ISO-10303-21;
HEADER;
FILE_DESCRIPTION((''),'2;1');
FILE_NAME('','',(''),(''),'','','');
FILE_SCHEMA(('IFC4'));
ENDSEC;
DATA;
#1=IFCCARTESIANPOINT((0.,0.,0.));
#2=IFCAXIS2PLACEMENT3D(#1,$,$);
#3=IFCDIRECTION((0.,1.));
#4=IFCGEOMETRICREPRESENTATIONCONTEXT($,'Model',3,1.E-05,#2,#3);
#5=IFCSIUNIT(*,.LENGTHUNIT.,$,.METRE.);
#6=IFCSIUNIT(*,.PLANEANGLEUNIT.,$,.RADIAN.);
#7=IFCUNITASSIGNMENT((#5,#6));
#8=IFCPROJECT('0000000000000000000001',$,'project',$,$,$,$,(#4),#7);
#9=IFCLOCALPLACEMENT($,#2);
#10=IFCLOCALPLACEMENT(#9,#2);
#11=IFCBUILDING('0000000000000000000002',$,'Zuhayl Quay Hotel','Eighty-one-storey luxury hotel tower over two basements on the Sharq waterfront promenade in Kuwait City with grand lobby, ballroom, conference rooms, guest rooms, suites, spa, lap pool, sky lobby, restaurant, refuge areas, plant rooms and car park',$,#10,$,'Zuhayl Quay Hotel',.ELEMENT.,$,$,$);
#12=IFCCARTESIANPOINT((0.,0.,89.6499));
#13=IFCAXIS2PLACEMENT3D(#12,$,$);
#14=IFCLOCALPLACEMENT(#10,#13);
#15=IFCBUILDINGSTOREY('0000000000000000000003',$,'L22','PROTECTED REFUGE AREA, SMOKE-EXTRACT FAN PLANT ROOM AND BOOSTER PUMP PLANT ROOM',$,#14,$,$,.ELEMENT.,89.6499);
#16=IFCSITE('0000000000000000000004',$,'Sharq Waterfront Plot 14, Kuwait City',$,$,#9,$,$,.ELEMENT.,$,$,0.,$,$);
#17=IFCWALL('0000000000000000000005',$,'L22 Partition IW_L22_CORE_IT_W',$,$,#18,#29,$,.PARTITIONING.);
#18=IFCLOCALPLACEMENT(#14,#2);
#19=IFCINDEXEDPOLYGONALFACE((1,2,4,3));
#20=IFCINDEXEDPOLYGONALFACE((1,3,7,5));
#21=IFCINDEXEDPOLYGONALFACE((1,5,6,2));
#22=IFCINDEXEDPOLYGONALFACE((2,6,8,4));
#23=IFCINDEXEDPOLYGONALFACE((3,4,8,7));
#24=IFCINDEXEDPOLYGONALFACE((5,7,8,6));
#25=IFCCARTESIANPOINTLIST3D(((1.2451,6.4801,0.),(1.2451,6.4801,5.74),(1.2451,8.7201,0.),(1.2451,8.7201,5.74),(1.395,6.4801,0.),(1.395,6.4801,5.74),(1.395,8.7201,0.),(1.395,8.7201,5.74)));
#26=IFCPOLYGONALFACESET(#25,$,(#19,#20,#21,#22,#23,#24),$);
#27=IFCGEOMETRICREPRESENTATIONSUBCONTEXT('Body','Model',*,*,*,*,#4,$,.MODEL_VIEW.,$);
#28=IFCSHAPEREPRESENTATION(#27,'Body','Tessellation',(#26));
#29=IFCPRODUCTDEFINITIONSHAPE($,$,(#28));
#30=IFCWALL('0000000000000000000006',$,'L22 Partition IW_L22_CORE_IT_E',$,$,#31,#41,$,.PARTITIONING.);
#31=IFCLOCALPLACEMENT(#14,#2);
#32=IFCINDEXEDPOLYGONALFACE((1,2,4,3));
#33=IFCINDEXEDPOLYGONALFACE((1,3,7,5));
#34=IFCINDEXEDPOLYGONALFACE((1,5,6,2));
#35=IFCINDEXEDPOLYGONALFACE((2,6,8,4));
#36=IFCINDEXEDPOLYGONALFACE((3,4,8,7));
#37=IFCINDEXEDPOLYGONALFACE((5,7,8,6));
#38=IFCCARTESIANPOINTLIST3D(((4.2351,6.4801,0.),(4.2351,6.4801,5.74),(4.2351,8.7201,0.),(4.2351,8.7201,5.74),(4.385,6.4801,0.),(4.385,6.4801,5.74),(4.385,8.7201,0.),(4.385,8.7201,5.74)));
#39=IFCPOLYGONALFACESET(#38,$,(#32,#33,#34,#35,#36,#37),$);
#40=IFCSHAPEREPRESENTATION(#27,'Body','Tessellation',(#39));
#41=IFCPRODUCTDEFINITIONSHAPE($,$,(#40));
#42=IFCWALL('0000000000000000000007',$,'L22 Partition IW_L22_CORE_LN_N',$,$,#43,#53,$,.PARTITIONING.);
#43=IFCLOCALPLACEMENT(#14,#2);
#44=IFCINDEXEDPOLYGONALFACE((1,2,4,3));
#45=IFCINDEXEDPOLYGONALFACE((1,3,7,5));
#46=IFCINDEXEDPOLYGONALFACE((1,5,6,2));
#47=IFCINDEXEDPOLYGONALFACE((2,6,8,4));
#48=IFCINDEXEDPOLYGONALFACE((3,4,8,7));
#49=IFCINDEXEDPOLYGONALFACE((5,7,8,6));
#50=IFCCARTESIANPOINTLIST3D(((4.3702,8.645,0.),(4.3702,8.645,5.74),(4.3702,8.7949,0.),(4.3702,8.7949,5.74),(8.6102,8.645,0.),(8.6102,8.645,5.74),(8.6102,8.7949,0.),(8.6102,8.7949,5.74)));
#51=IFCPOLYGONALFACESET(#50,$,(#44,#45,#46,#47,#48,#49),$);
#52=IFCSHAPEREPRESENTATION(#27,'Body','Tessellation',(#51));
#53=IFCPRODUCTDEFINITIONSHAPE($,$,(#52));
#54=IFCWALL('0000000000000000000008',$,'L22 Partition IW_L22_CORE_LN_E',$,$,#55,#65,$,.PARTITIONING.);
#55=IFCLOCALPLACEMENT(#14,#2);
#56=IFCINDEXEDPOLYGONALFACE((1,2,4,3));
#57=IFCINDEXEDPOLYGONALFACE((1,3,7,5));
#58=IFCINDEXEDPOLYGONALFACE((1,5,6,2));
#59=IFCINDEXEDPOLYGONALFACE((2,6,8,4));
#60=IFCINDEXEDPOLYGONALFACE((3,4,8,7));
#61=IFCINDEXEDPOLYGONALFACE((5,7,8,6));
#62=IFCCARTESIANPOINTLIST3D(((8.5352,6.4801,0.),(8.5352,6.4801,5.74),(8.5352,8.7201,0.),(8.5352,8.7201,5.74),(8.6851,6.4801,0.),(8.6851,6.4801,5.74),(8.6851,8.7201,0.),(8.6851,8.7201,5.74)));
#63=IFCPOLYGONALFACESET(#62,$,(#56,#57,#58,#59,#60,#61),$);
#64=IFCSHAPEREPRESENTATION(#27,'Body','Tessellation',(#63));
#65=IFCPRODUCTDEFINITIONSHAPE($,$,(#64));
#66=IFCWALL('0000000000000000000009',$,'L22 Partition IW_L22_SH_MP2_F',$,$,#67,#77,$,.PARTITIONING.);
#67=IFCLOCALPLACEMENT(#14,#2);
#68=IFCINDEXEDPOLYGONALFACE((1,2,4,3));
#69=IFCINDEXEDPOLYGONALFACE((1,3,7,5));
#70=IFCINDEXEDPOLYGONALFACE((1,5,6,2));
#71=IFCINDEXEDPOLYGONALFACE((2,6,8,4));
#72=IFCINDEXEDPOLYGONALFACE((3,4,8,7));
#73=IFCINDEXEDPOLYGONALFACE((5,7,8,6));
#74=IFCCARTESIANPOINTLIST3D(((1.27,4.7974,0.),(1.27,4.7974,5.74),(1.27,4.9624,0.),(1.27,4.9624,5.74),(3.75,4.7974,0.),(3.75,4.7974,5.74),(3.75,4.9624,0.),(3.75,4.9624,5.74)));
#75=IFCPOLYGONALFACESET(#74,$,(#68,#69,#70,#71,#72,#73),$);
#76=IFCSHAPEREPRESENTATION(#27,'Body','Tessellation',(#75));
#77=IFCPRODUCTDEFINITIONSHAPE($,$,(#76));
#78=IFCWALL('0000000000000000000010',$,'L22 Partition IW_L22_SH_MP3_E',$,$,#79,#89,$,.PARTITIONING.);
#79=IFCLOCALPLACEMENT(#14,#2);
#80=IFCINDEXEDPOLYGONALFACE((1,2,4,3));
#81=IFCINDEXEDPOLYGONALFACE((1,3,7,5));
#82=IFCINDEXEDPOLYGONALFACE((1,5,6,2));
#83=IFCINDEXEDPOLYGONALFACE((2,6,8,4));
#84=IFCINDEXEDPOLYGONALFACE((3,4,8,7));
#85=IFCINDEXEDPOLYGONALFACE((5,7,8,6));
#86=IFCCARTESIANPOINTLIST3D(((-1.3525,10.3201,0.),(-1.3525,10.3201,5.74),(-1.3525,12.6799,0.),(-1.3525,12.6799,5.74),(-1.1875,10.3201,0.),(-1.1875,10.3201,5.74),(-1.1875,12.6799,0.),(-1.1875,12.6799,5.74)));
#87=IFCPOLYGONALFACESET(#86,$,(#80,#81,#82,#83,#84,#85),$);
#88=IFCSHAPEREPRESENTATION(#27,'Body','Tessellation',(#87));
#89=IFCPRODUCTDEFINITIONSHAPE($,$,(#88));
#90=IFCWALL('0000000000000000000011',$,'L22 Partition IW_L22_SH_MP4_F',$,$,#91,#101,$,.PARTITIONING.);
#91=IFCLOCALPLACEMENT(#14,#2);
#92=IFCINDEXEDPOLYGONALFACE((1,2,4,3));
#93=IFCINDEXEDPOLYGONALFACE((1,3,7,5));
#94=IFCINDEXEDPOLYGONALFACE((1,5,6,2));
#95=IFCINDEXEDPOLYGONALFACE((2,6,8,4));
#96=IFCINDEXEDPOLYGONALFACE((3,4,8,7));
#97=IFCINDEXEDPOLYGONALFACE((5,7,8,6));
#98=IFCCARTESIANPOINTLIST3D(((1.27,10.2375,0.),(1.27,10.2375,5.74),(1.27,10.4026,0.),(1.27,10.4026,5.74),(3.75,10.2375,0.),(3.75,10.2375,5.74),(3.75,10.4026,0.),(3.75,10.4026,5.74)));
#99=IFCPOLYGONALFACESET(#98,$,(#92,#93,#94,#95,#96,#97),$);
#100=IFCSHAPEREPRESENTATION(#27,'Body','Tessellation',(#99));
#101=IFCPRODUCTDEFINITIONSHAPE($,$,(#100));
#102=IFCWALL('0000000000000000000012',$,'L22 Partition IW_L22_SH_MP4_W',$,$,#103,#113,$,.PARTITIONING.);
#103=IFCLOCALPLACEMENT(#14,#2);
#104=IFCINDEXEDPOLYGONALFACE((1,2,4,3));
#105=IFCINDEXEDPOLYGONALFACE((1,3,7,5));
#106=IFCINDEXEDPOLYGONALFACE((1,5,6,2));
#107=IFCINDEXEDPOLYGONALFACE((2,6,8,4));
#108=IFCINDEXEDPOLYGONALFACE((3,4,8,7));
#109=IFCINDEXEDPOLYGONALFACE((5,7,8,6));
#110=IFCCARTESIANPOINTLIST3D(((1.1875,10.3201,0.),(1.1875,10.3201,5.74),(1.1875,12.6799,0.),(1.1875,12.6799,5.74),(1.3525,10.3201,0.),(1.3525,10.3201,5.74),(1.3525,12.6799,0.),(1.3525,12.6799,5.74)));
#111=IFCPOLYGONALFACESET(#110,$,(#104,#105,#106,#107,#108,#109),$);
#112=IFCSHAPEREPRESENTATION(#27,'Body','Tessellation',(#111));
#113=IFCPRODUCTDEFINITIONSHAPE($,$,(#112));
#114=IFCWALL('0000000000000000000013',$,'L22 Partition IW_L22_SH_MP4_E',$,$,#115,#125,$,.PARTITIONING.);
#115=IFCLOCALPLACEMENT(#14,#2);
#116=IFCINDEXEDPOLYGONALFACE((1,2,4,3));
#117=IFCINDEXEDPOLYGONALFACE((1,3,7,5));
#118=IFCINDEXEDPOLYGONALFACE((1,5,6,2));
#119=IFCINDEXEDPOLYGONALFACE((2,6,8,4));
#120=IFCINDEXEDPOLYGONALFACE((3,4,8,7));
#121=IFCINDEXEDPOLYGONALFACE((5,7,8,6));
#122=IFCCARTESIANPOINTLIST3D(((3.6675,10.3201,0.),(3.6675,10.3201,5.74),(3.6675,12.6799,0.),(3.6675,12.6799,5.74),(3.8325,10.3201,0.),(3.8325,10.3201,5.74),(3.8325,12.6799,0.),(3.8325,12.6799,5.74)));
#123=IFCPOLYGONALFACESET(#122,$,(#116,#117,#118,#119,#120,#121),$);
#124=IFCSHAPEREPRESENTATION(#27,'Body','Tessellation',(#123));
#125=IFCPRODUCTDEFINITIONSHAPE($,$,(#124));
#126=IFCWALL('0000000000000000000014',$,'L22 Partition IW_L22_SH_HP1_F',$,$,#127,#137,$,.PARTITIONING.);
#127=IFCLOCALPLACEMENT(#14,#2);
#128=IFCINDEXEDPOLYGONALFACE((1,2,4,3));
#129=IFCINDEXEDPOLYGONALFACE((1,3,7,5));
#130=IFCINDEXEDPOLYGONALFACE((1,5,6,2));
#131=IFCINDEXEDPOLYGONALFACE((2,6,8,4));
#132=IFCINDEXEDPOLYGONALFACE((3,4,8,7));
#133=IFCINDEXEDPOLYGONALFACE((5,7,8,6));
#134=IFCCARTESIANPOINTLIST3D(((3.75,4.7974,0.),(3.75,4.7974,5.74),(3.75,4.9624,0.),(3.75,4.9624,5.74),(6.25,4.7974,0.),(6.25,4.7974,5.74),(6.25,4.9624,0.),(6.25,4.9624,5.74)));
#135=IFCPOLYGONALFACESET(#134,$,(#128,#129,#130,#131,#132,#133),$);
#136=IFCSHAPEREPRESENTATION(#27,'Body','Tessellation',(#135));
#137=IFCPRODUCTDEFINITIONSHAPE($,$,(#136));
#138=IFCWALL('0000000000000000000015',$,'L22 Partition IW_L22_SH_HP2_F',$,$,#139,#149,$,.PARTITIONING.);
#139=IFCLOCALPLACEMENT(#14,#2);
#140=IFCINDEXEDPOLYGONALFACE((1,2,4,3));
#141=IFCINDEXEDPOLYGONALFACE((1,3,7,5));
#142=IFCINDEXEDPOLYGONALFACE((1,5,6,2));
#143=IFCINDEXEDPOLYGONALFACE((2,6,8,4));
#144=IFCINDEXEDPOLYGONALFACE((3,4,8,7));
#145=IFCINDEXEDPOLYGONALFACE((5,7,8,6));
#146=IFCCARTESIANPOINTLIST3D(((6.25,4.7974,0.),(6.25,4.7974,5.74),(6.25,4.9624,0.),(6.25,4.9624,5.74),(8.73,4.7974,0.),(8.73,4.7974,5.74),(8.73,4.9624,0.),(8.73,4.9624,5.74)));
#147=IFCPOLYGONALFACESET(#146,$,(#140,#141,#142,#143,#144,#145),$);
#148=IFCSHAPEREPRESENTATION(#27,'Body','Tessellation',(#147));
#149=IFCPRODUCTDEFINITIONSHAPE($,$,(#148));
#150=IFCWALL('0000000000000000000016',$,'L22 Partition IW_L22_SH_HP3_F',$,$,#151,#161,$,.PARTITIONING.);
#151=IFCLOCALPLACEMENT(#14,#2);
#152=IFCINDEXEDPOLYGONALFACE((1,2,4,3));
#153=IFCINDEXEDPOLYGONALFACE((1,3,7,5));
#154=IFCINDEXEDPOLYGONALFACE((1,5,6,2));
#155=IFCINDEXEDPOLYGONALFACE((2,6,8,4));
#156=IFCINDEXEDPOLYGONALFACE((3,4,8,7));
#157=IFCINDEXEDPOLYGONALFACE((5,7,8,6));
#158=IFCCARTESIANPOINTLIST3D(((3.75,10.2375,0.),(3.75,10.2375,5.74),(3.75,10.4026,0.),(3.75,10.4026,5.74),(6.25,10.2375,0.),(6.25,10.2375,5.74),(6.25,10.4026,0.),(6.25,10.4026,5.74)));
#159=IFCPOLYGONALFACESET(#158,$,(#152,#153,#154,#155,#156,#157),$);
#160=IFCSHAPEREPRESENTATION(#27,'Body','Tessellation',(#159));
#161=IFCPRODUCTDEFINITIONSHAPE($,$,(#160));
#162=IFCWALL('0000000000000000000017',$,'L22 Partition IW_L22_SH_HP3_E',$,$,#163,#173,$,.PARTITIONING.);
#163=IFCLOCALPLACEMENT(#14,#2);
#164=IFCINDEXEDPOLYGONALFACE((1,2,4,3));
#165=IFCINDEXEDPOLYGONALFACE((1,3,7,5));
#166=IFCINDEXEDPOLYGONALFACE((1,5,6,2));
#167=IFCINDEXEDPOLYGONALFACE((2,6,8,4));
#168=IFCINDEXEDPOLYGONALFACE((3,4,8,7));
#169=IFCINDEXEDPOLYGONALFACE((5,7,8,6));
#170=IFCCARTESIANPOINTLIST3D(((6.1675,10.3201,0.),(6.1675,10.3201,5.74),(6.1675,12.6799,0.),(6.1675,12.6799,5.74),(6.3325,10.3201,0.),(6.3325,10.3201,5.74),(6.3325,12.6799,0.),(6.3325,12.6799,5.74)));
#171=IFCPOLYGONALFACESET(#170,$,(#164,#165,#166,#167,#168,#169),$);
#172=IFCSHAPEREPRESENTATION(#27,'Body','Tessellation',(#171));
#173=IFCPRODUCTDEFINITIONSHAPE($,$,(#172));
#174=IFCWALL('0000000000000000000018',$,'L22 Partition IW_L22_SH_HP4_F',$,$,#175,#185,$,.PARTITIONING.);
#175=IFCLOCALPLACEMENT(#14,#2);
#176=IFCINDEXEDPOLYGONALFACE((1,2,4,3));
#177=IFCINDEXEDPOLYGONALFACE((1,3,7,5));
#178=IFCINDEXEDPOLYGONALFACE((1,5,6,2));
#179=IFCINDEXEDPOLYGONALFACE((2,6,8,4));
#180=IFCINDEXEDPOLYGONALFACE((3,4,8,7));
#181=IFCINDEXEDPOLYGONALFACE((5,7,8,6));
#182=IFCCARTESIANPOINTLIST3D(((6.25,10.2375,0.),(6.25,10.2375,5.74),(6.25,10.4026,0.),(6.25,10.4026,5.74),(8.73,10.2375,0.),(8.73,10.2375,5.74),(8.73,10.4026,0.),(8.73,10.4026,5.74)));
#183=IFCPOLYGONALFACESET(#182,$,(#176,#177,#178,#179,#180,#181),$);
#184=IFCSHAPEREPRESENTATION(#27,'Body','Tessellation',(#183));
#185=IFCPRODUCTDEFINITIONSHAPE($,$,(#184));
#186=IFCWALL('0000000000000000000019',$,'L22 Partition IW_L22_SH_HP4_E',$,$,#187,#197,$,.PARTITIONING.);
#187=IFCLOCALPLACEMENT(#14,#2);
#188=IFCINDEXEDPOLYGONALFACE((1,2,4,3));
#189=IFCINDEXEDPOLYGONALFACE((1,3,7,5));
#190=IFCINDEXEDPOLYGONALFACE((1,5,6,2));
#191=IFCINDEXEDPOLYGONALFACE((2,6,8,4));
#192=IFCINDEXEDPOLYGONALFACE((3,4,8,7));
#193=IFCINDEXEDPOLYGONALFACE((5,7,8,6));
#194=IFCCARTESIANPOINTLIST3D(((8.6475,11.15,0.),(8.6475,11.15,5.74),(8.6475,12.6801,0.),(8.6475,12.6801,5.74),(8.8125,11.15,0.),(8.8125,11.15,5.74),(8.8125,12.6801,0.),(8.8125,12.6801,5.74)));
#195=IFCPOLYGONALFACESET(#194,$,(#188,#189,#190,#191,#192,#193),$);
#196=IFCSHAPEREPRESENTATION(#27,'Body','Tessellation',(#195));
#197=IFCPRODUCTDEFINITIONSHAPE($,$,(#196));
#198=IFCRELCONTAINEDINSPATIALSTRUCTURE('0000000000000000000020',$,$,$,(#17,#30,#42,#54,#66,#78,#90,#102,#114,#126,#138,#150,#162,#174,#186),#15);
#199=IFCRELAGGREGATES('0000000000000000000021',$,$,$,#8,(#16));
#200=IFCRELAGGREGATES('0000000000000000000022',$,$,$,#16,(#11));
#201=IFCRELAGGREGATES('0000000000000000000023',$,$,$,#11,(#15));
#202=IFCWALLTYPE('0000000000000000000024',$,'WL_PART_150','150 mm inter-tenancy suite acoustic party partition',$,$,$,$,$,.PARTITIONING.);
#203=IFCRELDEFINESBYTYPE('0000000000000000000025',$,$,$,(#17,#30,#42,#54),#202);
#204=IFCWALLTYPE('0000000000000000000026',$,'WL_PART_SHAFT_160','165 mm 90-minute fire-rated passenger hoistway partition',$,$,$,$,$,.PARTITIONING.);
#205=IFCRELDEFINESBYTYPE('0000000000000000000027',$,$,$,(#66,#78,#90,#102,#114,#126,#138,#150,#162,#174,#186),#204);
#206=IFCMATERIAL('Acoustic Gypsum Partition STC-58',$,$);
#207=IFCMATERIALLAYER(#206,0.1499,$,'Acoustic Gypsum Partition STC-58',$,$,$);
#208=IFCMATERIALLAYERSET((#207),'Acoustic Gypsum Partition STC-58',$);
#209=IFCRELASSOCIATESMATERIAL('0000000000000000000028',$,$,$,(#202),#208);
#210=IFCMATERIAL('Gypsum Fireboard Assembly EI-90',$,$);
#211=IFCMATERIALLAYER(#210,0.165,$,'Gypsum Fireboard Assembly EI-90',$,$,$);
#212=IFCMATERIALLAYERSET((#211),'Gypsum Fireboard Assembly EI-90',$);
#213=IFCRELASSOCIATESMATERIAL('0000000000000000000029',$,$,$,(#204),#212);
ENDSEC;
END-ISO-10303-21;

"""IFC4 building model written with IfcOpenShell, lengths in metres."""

from ifc_helpers import new_model, si_unit, direction, frame, frame_2d, origin, place, context, subcontext, project, spatial, rectangle, extrude, material, layer, layer_set, type_object, element, save


model = new_model("IFC4")

# Units and contexts
model_context = context("Model", 3, precision=1e-05, world=origin(), true_north=direction((0.0, 1.0)))
body_context = subcontext(model_context, "Body", "Model", "MODEL_VIEW")
ifc_project = project(units=[si_unit("LENGTHUNIT", "METRE"), si_unit("PLANEANGLEUNIT", "RADIAN")], contexts=[model_context])

# Site, building, storey
site_placement = place(None, origin())
site = spatial("IfcSite", under=ifc_project, at=site_placement, Name="Sharq Waterfront Plot 14, Kuwait City", CompositionType="ELEMENT", RefElevation=0.0)
building_placement = place(site_placement, origin())
building = spatial("IfcBuilding", under=site, at=building_placement, Name="Zuhayl Quay Hotel", Description="Eighty-one-storey luxury hotel tower over two basements on the Sharq waterfront promenade in Kuwait City with grand lobby, ballroom, conference rooms, guest rooms, suites, spa, lap pool, sky lobby, restaurant, refuge areas, plant rooms and car park", LongName="Zuhayl Quay Hotel", CompositionType="ELEMENT")
storey_placement = place(building_placement, frame((0.0, 0.0, 89.6499)))
storey = spatial("IfcBuildingStorey", under=building, at=storey_placement, Name="L22", Description="PROTECTED REFUGE AREA, SMOKE-EXTRACT FAN PLANT ROOM AND BOOSTER PUMP PLANT ROOM", CompositionType="ELEMENT", Elevation=89.6499)

# Shared definitions
ifc_material_1 = material(Name="Acoustic Gypsum Partition STC-58")
ifc_layer_1 = layer(ifc_material_1, 0.1499, Name="Acoustic Gypsum Partition STC-58")
ifc_layer_set_1 = layer_set([ifc_layer_1], Name="Acoustic Gypsum Partition STC-58")
wall_type_1 = type_object("IfcWallType", Name="WL_PART_150", Description="150 mm inter-tenancy suite acoustic party partition", PredefinedType="PARTITIONING", material=ifc_layer_set_1)

# Walls
for number, where, z_axis, x_axis, name in (
    (1, (1.3201, 6.48, 0.0), (0.0, 0.0, 1.0), (0.0, 1.0, 0.0), "L22 Partition IW_L22_CORE_IT_W"),
    (2, (4.3101, 6.48, 0.0), (0.0, 0.0, 1.0), (0.0, 1.0, 0.0), "L22 Partition IW_L22_CORE_IT_E"),
):
    element("IfcWall", number, at=place(storey_placement, frame(where, z_axis=z_axis, x_axis=x_axis)), inside=storey, type_object=wall_type_1, Name=name, PredefinedType="PARTITIONING", context=body_context, shape_type="SweptSolid", body=[
        extrude(rectangle(XDim=2.24, YDim=0.1499, at=frame_2d((1.1201, 0.0))), origin(), (0.0, 0.0, 1.0), 5.74),
    ])
wall_1_placement = place(storey_placement, frame((4.3701, 8.72, 0.0), z_axis=(0.0, 0.0, 1.0), x_axis=(1.0, 0.0, 0.0)))
element("IfcWall", 3, at=wall_1_placement, inside=storey, type_object=wall_type_1, Name="L22 Partition IW_L22_CORE_LN_N", PredefinedType="PARTITIONING", context=body_context, shape_type="SweptSolid", body=[
    extrude(rectangle(XDim=4.24, YDim=0.1499, at=frame_2d((2.1201, 0.0))), origin(), (0.0, 0.0, 1.0), 5.74),
])
wall_2_placement = place(storey_placement, frame((8.6101, 6.48, 0.0), z_axis=(0.0, 0.0, 1.0), x_axis=(0.0, 1.0, 0.0)))
element("IfcWall", 4, at=wall_2_placement, inside=storey, type_object=wall_type_1, Name="L22 Partition IW_L22_CORE_LN_E", PredefinedType="PARTITIONING", context=body_context, shape_type="SweptSolid", body=[
    extrude(rectangle(XDim=2.24, YDim=0.1499, at=frame_2d((1.1201, 0.0))), origin(), (0.0, 0.0, 1.0), 5.74),
])
ifc_material_2 = material(Name="Gypsum Fireboard Assembly EI-90")
ifc_layer_2 = layer(ifc_material_2, 0.165, Name="Gypsum Fireboard Assembly EI-90")
ifc_layer_set_2 = layer_set([ifc_layer_2], Name="Gypsum Fireboard Assembly EI-90")
wall_type_2 = type_object("IfcWallType", Name="WL_PART_SHAFT_160", Description="165 mm 90-minute fire-rated passenger hoistway partition", PredefinedType="PARTITIONING", material=ifc_layer_set_2)
wall_3_placement = place(storey_placement, frame((1.27, 4.8799, 0.0), z_axis=(0.0, 0.0, 1.0), x_axis=(1.0, 0.0, 0.0)))
element("IfcWall", 5, at=wall_3_placement, inside=storey, type_object=wall_type_2, Name="L22 Partition IW_L22_SH_MP2_F", PredefinedType="PARTITIONING", context=body_context, shape_type="SweptSolid", body=[
    extrude(rectangle(XDim=2.48, YDim=0.165, at=frame_2d((1.24, 0.0))), origin(), (0.0, 0.0, 1.0), 5.74),
])
wall_4_placement = place(storey_placement, frame((-1.27, 10.3201, 0.0), z_axis=(0.0, 0.0, 1.0), x_axis=(0.0, 1.0, 0.0)))
element("IfcWall", 6, at=wall_4_placement, inside=storey, type_object=wall_type_2, Name="L22 Partition IW_L22_SH_MP3_E", PredefinedType="PARTITIONING", context=body_context, shape_type="SweptSolid", body=[
    extrude(rectangle(XDim=2.3599, YDim=0.165, at=frame_2d((1.1799, 0.0))), origin(), (0.0, 0.0, 1.0), 5.74),
])
wall_5_placement = place(storey_placement, frame((1.27, 10.3201, 0.0), z_axis=(0.0, 0.0, 1.0), x_axis=(1.0, 0.0, 0.0)))
element("IfcWall", 7, at=wall_5_placement, inside=storey, type_object=wall_type_2, Name="L22 Partition IW_L22_SH_MP4_F", PredefinedType="PARTITIONING", context=body_context, shape_type="SweptSolid", body=[
    extrude(rectangle(XDim=2.48, YDim=0.165, at=frame_2d((1.24, 0.0))), origin(), (0.0, 0.0, 1.0), 5.74),
])
for number, where, z_axis, x_axis, name in (
    (8, (1.27, 10.3201, 0.0), (0.0, 0.0, 1.0), (0.0, 1.0, 0.0), "L22 Partition IW_L22_SH_MP4_W"),
    (9, (3.75, 10.3201, 0.0), (0.0, 0.0, 1.0), (0.0, 1.0, 0.0), "L22 Partition IW_L22_SH_MP4_E"),
):
    element("IfcWall", number, at=place(storey_placement, frame(where, z_axis=z_axis, x_axis=x_axis)), inside=storey, type_object=wall_type_2, Name=name, PredefinedType="PARTITIONING", context=body_context, shape_type="SweptSolid", body=[
        extrude(rectangle(XDim=2.3599, YDim=0.165, at=frame_2d((1.1799, 0.0))), origin(), (0.0, 0.0, 1.0), 5.74),
    ])
wall_6_placement = place(storey_placement, frame((3.75, 4.8799, 0.0), z_axis=(0.0, 0.0, 1.0), x_axis=(1.0, 0.0, 0.0)))
element("IfcWall", 10, at=wall_6_placement, inside=storey, type_object=wall_type_2, Name="L22 Partition IW_L22_SH_HP1_F", PredefinedType="PARTITIONING", context=body_context, shape_type="SweptSolid", body=[
    extrude(rectangle(XDim=2.5, YDim=0.165, at=frame_2d((1.25, 0.0))), origin(), (0.0, 0.0, 1.0), 5.74),
])
wall_7_placement = place(storey_placement, frame((6.25, 4.8799, 0.0), z_axis=(0.0, 0.0, 1.0), x_axis=(1.0, 0.0, 0.0)))
element("IfcWall", 11, at=wall_7_placement, inside=storey, type_object=wall_type_2, Name="L22 Partition IW_L22_SH_HP2_F", PredefinedType="PARTITIONING", context=body_context, shape_type="SweptSolid", body=[
    extrude(rectangle(XDim=2.48, YDim=0.165, at=frame_2d((1.24, 0.0))), origin(), (0.0, 0.0, 1.0), 5.74),
])
wall_8_placement = place(storey_placement, frame((3.75, 10.3201, 0.0), z_axis=(0.0, 0.0, 1.0), x_axis=(1.0, 0.0, 0.0)))
element("IfcWall", 12, at=wall_8_placement, inside=storey, type_object=wall_type_2, Name="L22 Partition IW_L22_SH_HP3_F", PredefinedType="PARTITIONING", context=body_context, shape_type="SweptSolid", body=[
    extrude(rectangle(XDim=2.5, YDim=0.165, at=frame_2d((1.25, 0.0))), origin(), (0.0, 0.0, 1.0), 5.74),
])
wall_9_placement = place(storey_placement, frame((6.25, 10.3201, 0.0), z_axis=(0.0, 0.0, 1.0), x_axis=(0.0, 1.0, 0.0)))
element("IfcWall", 13, at=wall_9_placement, inside=storey, type_object=wall_type_2, Name="L22 Partition IW_L22_SH_HP3_E", PredefinedType="PARTITIONING", context=body_context, shape_type="SweptSolid", body=[
    extrude(rectangle(XDim=2.3599, YDim=0.165, at=frame_2d((1.1799, 0.0))), origin(), (0.0, 0.0, 1.0), 5.74),
])
wall_10_placement = place(storey_placement, frame((6.25, 10.3201, 0.0), z_axis=(0.0, 0.0, 1.0), x_axis=(1.0, 0.0, 0.0)))
element("IfcWall", 14, at=wall_10_placement, inside=storey, type_object=wall_type_2, Name="L22 Partition IW_L22_SH_HP4_F", PredefinedType="PARTITIONING", context=body_context, shape_type="SweptSolid", body=[
    extrude(rectangle(XDim=2.48, YDim=0.165, at=frame_2d((1.24, 0.0))), origin(), (0.0, 0.0, 1.0), 5.74),
])
wall_11_placement = place(storey_placement, frame((8.73, 11.1499, 0.0), z_axis=(0.0, 0.0, 1.0), x_axis=(0.0, 1.0, 0.0)))
element("IfcWall", 15, at=wall_11_placement, inside=storey, type_object=wall_type_2, Name="L22 Partition IW_L22_SH_HP4_E", PredefinedType="PARTITIONING", context=body_context, shape_type="SweptSolid", body=[
    extrude(rectangle(XDim=1.53, YDim=0.165, at=frame_2d((0.7651, 0.0))), origin(), (0.0, 0.0, 1.0), 5.74),
])

save(model, "model.ifc")
